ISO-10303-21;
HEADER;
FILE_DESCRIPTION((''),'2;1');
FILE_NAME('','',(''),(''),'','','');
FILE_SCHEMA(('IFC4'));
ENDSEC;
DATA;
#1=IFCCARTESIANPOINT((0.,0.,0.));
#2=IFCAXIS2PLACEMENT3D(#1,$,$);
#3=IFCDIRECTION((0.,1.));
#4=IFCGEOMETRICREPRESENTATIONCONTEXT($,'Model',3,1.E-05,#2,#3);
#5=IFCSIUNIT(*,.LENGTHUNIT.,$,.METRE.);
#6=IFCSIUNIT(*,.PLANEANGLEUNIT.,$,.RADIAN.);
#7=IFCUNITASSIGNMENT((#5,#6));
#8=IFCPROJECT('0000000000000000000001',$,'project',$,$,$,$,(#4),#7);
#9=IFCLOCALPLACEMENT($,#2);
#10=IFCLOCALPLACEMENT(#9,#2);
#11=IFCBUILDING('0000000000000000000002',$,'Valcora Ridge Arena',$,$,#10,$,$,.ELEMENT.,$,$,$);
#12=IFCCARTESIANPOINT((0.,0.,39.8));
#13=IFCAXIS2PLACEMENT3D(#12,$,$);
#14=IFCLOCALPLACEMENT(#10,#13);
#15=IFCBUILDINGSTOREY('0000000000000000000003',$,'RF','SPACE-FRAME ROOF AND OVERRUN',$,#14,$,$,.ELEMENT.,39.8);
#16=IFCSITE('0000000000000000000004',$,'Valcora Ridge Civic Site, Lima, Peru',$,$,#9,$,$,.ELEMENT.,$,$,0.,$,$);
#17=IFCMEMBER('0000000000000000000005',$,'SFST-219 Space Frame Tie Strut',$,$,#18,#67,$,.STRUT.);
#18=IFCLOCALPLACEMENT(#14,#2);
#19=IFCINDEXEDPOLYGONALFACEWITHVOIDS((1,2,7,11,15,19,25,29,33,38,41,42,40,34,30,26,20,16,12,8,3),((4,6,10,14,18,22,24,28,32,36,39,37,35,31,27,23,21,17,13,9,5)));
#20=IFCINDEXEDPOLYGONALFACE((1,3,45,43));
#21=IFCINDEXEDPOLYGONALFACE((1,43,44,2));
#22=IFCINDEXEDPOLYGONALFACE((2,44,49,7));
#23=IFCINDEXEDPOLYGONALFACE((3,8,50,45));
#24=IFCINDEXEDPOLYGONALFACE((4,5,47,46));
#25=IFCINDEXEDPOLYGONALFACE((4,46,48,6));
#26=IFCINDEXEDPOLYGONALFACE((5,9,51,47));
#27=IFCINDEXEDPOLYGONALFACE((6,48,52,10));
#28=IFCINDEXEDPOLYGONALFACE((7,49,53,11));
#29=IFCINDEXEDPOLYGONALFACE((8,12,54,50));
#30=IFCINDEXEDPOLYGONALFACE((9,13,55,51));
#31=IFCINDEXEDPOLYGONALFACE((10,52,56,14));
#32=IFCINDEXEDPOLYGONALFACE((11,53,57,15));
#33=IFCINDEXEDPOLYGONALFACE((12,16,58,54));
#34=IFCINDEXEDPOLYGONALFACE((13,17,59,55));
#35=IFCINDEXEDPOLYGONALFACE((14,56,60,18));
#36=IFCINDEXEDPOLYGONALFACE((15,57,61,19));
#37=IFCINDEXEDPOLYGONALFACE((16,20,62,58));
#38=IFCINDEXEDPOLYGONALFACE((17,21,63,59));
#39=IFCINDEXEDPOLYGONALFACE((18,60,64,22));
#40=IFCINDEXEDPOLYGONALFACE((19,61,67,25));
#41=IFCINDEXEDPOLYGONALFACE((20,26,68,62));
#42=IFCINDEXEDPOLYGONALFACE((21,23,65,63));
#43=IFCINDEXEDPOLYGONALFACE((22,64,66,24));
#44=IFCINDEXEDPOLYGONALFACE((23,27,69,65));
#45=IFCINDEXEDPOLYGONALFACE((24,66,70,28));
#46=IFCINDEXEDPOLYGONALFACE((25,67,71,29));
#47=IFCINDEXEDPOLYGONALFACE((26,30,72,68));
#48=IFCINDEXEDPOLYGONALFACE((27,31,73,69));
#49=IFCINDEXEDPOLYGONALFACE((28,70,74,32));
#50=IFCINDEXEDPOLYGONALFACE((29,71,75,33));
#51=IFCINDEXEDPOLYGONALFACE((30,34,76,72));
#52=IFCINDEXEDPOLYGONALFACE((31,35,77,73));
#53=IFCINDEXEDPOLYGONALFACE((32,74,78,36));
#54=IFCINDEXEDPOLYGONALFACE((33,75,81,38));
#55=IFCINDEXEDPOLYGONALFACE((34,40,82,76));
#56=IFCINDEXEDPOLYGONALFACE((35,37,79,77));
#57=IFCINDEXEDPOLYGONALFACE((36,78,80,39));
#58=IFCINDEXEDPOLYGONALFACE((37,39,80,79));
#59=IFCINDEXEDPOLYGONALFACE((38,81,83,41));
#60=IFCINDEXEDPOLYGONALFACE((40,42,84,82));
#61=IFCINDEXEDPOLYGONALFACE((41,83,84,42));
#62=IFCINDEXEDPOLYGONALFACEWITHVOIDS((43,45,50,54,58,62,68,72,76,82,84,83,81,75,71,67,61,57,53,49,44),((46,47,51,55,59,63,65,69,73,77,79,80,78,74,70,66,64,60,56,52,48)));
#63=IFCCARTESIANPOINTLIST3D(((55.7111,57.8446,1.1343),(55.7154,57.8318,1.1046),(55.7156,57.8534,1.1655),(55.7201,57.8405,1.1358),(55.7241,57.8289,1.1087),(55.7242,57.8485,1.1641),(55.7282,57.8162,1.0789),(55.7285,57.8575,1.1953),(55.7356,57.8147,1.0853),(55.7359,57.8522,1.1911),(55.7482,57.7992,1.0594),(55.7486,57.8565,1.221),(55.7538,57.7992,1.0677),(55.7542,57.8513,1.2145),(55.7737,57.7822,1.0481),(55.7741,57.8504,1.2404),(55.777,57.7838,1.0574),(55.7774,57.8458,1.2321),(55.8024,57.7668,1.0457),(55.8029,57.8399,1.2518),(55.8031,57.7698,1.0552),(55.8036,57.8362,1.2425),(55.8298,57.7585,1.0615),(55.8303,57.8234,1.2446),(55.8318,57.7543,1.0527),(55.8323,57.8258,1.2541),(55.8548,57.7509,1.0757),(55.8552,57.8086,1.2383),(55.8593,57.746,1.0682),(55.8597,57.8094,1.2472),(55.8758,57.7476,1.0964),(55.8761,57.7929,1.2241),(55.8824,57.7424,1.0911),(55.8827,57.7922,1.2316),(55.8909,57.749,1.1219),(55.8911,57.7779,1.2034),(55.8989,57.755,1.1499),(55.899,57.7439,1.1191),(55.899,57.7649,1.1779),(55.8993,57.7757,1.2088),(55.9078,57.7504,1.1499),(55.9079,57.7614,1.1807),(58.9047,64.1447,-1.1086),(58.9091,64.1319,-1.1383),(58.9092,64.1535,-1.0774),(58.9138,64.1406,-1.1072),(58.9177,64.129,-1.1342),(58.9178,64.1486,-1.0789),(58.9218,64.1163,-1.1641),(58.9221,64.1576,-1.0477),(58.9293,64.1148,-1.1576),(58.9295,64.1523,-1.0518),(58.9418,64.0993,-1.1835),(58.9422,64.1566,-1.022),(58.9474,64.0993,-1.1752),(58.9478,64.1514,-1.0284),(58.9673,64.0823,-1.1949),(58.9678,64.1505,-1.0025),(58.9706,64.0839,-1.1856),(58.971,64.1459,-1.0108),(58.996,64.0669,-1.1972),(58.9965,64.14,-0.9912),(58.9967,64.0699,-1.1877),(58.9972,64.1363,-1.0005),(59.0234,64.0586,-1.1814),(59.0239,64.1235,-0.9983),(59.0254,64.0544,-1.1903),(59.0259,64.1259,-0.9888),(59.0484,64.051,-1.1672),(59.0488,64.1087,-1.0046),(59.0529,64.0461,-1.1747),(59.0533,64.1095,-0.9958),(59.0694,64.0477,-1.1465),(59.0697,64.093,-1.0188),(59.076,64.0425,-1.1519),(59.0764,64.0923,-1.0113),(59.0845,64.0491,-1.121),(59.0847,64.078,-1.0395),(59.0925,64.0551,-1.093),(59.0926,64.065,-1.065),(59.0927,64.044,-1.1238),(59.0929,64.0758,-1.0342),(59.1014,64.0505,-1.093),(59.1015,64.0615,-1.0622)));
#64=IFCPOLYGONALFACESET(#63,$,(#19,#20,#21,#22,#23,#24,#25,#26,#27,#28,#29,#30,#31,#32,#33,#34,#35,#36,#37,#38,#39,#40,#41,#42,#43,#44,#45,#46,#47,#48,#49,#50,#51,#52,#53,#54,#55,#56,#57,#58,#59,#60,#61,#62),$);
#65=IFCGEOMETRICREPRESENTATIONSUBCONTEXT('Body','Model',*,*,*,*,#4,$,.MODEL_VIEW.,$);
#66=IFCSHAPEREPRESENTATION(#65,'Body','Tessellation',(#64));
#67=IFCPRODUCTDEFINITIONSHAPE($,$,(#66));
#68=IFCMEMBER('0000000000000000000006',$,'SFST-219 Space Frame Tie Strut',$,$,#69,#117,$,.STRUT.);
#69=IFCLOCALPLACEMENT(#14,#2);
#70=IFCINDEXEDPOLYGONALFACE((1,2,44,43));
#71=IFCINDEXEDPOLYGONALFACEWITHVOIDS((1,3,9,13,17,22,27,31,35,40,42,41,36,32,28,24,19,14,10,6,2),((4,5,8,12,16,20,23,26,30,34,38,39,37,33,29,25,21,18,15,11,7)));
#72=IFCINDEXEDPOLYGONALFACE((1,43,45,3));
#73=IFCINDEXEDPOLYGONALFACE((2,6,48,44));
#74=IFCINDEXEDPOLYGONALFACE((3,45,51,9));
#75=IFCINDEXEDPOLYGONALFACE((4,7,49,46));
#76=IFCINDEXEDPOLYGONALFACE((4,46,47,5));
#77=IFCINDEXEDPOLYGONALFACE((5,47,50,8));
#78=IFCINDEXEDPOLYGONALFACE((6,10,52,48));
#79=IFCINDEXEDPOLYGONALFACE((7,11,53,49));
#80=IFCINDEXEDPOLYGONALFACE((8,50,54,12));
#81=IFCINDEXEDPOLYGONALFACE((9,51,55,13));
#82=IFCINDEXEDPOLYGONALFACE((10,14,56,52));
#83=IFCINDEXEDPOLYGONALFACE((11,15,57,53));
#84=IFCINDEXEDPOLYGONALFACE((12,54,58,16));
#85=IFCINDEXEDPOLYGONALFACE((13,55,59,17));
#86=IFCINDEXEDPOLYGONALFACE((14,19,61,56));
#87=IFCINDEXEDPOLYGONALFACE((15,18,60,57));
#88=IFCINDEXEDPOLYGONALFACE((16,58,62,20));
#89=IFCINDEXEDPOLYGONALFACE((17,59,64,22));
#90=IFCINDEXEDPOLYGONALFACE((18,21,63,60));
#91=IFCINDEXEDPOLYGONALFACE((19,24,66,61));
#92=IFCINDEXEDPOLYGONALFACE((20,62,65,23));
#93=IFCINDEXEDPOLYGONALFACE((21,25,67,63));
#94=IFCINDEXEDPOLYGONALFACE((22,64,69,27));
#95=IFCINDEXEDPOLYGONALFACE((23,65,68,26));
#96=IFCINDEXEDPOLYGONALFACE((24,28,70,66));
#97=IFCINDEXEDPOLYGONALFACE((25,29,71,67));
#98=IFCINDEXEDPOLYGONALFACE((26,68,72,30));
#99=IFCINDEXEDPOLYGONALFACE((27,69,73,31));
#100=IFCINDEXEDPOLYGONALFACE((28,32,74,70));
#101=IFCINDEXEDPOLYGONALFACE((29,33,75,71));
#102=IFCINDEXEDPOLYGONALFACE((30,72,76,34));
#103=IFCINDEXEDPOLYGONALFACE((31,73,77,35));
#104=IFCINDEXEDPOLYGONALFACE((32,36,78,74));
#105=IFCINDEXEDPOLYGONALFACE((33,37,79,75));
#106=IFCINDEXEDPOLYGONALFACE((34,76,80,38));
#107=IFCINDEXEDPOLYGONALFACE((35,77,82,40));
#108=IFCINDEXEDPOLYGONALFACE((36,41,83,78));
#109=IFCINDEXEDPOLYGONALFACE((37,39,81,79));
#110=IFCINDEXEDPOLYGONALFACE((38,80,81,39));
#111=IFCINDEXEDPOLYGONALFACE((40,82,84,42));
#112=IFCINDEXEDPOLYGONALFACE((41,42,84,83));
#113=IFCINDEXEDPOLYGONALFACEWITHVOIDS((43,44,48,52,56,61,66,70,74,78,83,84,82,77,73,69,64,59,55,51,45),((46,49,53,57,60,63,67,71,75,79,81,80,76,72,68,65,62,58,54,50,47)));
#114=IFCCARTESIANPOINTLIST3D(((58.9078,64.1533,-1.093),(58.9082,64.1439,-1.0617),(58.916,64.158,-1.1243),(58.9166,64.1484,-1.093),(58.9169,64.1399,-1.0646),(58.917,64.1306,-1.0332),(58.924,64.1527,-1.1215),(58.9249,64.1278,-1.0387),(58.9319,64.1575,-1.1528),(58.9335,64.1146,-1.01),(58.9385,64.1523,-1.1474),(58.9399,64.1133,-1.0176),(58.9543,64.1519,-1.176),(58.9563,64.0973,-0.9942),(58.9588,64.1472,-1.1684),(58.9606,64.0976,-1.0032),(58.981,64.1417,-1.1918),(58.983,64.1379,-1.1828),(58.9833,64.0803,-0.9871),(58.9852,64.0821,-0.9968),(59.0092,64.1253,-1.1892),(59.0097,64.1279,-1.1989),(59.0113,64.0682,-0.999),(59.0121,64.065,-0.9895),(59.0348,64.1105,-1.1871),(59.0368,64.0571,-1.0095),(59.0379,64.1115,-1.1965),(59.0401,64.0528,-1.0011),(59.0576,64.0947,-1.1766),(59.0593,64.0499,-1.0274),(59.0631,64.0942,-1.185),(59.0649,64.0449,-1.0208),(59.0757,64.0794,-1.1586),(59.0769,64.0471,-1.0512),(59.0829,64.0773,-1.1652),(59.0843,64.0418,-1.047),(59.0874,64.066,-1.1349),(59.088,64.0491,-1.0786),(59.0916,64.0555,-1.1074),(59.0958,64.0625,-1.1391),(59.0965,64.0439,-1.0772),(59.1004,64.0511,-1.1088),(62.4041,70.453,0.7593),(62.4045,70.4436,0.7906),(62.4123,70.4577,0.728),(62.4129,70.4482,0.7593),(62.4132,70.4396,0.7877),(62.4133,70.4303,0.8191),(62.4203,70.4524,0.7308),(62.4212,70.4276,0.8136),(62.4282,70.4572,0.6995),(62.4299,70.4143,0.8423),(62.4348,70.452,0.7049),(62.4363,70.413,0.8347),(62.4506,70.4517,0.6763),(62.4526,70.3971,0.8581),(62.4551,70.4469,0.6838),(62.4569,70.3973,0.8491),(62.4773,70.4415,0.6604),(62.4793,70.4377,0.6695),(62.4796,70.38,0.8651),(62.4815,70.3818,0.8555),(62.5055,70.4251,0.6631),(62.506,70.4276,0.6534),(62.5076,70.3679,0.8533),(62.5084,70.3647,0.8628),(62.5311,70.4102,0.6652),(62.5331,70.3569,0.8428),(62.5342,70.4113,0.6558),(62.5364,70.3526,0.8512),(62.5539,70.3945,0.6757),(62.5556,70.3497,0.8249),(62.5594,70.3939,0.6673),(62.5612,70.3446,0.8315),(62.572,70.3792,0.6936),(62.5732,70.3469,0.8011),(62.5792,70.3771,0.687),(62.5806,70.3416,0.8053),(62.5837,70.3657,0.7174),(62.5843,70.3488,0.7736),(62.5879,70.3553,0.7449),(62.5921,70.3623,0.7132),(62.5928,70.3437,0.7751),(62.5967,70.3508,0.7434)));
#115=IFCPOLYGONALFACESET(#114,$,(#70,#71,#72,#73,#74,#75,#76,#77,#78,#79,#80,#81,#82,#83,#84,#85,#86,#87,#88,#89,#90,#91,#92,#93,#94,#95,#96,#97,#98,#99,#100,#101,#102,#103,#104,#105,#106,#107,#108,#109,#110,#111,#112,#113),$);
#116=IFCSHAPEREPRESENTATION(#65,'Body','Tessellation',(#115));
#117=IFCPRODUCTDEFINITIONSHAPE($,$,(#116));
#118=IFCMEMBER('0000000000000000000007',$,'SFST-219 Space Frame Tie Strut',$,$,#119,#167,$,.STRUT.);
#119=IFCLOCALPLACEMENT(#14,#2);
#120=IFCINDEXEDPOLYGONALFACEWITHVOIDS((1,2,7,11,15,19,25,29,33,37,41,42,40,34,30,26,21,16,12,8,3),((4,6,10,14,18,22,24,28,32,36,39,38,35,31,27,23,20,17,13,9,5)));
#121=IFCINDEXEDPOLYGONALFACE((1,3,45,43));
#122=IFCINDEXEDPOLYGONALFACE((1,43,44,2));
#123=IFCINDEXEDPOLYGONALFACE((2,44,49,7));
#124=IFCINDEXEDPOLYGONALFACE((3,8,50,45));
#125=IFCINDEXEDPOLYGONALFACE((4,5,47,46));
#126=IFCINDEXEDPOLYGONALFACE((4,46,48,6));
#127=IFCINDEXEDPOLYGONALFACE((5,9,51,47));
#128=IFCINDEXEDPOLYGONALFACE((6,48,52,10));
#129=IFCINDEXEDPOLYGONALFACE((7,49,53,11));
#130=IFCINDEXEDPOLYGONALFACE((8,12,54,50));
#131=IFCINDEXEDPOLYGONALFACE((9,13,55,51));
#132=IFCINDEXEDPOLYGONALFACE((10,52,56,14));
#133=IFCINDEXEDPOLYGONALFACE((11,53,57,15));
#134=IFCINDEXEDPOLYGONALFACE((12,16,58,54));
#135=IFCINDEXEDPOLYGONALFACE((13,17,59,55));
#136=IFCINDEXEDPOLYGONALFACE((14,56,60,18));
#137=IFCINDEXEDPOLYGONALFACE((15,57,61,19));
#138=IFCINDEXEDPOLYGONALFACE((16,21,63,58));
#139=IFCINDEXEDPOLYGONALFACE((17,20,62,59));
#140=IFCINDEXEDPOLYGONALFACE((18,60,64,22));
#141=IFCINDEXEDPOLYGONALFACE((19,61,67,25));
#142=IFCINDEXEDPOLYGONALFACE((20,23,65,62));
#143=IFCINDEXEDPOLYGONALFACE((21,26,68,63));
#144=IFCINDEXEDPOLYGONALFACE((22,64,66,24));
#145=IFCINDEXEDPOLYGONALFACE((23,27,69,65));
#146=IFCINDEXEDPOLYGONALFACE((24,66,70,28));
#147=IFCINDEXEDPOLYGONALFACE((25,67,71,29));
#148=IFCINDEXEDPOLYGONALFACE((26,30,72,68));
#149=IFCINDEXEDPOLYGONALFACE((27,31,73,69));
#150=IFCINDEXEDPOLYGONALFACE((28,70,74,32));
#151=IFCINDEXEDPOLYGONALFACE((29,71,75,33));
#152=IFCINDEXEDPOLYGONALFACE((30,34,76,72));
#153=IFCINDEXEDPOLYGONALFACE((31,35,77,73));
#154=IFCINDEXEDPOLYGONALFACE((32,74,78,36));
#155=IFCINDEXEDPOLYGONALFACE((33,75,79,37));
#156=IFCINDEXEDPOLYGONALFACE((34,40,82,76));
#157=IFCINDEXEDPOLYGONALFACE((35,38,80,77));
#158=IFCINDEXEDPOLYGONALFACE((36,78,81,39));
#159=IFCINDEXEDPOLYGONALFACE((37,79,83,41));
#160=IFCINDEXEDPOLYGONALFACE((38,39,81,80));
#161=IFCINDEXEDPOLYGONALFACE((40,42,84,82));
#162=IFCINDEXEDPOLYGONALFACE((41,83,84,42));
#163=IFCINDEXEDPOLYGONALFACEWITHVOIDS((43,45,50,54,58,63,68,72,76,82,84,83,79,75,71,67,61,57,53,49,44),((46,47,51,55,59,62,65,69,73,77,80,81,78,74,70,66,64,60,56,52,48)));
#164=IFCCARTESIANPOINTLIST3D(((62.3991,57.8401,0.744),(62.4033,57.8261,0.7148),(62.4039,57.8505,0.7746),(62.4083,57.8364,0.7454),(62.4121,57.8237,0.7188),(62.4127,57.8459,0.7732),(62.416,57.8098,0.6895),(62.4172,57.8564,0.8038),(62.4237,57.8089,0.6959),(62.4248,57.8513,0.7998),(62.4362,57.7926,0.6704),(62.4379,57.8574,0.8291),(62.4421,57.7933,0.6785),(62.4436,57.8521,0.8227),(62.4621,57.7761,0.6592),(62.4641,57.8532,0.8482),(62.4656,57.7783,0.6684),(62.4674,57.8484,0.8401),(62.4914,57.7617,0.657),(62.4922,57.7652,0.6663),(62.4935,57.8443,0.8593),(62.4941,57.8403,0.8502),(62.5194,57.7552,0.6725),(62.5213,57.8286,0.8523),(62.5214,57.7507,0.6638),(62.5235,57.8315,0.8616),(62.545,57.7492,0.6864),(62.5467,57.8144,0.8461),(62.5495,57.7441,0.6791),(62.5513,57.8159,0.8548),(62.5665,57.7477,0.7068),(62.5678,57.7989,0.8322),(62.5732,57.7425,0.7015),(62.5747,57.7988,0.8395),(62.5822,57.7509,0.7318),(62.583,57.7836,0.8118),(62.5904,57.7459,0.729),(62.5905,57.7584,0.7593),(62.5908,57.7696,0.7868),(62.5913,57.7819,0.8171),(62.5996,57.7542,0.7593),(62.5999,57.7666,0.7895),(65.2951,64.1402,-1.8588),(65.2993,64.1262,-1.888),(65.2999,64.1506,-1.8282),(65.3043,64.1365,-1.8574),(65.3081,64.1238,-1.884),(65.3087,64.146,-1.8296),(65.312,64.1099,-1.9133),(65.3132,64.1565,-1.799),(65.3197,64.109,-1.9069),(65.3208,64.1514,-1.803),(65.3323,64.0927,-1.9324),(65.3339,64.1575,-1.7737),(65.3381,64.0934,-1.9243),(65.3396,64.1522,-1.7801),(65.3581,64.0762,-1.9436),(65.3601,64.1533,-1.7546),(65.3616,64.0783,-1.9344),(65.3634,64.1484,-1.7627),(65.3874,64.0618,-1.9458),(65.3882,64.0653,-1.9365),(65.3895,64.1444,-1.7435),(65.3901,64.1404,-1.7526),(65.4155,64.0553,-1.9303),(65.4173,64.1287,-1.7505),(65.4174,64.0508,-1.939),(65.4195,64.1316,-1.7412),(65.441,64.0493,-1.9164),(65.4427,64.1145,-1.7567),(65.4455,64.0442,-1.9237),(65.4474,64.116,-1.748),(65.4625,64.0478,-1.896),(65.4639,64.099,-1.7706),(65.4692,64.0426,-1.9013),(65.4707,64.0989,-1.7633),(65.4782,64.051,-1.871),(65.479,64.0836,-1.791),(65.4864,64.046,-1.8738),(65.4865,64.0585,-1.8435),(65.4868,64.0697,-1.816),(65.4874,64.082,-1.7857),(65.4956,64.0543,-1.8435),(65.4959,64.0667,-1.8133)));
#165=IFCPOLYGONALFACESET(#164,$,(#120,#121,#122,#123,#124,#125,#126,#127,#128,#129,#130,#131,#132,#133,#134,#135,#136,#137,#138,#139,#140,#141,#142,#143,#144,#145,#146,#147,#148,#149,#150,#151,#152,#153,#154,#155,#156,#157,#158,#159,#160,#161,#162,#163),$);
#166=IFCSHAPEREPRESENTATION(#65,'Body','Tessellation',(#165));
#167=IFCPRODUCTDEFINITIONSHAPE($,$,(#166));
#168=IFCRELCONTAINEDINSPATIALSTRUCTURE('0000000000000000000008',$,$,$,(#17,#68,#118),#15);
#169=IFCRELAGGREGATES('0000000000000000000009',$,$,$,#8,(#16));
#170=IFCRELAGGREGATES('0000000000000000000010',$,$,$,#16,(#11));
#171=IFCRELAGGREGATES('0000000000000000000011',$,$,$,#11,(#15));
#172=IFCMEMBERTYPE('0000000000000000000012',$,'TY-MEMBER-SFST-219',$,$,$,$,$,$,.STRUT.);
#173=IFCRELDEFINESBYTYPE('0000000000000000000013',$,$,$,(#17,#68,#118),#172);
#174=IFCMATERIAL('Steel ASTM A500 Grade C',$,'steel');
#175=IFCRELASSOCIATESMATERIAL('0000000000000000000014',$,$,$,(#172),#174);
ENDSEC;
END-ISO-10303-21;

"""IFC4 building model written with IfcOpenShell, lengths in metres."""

from ifc_helpers import new_model, si_unit, direction, frame, origin, origin_2d, place, context, subcontext, project, spatial, hollow_circle, extrude, material, material_profile, profile_set, type_object, element, save


model = new_model("IFC4")

# Units and contexts
model_context = context("Model", 3, precision=1e-05, world=origin(), true_north=direction((0.0, 1.0)))
body_context = subcontext(model_context, "Body", "Model", "MODEL_VIEW")
ifc_project = project(units=[si_unit("LENGTHUNIT", "METRE"), si_unit("PLANEANGLEUNIT", "RADIAN")], contexts=[model_context])

# Site, building, storey
site_placement = place(None, origin())
site = spatial("IfcSite", under=ifc_project, at=site_placement, Name="Valcora Ridge Civic Site, Lima, Peru", CompositionType="ELEMENT", RefElevation=0.0)
building_placement = place(site_placement, origin())
building = spatial("IfcBuilding", under=site, at=building_placement, Name="Valcora Ridge Arena", CompositionType="ELEMENT")
storey_placement = place(building_placement, frame((0.0, 0.0, 39.8)))
storey = spatial("IfcBuildingStorey", under=building, at=storey_placement, Name="RF", Description="SPACE-FRAME ROOF AND OVERRUN", CompositionType="ELEMENT", Elevation=39.8)

# Members
ifc_material_1 = material(Name="Steel ASTM A500 Grade C", Category="steel")
ifc_material_profile_1 = material_profile(ifc_material_1, hollow_circle(Radius=0.1096, WallThickness=0.01, at=origin_2d()), Name="CHS219X10")
ifc_profile_set_1 = profile_set([ifc_material_profile_1], Name="Steel ASTM A500 Grade C")
member_type_1 = type_object("IfcMemberType", Name="TY-MEMBER-SFST-219", PredefinedType="STRUT", material=ifc_profile_set_1)
member_1_placement = place(storey_placement, frame((59.0037, 64.1001, -1.093), z_axis=(-0.430937, -0.850114, 0.302654), x_axis=(0.891946, -0.452143, 0.0)))
element("IfcMember", 1, at=member_1_placement, inside=storey, type_object=member_type_1, Name="SFST-219 Space Frame Tie Strut", PredefinedType="STRUT", context=body_context, shape_type="SweptSolid", body=[
    extrude(hollow_circle(Radius=0.1096, WallThickness=0.01, at=origin_2d()), origin(), (0.0, 0.0, 1.0), 7.4109),
])
member_2_placement = place(storey_placement, frame((59.0037, 64.1001, -1.093), z_axis=(0.469983, 0.84683, 0.248988), x_axis=(-0.874367, 0.485266, 0.0)))
element("IfcMember", 2, at=member_2_placement, inside=storey, type_object=member_type_1, Name="SFST-219 Space Frame Tie Strut", PredefinedType="STRUT", context=body_context, shape_type="SweptSolid", body=[
    extrude(hollow_circle(Radius=0.1096, WallThickness=0.01, at=origin_2d()), origin(), (0.0, 0.0, 1.0), 7.4392),
])
member_3_placement = place(storey_placement, frame((65.396, 64.1001, -1.8435), z_axis=(-0.391023, -0.850645, 0.351433), x_axis=(0.908601, -0.417664, 0.0)))
element("IfcMember", 3, at=member_3_placement, inside=storey, type_object=member_type_1, Name="SFST-219 Space Frame Tie Strut", PredefinedType="STRUT", context=body_context, shape_type="SweptSolid", body=[
    extrude(hollow_circle(Radius=0.1096, WallThickness=0.01, at=origin_2d()), origin(), (0.0, 0.0, 1.0), 7.4062),
])

save(model, "model.ifc")
